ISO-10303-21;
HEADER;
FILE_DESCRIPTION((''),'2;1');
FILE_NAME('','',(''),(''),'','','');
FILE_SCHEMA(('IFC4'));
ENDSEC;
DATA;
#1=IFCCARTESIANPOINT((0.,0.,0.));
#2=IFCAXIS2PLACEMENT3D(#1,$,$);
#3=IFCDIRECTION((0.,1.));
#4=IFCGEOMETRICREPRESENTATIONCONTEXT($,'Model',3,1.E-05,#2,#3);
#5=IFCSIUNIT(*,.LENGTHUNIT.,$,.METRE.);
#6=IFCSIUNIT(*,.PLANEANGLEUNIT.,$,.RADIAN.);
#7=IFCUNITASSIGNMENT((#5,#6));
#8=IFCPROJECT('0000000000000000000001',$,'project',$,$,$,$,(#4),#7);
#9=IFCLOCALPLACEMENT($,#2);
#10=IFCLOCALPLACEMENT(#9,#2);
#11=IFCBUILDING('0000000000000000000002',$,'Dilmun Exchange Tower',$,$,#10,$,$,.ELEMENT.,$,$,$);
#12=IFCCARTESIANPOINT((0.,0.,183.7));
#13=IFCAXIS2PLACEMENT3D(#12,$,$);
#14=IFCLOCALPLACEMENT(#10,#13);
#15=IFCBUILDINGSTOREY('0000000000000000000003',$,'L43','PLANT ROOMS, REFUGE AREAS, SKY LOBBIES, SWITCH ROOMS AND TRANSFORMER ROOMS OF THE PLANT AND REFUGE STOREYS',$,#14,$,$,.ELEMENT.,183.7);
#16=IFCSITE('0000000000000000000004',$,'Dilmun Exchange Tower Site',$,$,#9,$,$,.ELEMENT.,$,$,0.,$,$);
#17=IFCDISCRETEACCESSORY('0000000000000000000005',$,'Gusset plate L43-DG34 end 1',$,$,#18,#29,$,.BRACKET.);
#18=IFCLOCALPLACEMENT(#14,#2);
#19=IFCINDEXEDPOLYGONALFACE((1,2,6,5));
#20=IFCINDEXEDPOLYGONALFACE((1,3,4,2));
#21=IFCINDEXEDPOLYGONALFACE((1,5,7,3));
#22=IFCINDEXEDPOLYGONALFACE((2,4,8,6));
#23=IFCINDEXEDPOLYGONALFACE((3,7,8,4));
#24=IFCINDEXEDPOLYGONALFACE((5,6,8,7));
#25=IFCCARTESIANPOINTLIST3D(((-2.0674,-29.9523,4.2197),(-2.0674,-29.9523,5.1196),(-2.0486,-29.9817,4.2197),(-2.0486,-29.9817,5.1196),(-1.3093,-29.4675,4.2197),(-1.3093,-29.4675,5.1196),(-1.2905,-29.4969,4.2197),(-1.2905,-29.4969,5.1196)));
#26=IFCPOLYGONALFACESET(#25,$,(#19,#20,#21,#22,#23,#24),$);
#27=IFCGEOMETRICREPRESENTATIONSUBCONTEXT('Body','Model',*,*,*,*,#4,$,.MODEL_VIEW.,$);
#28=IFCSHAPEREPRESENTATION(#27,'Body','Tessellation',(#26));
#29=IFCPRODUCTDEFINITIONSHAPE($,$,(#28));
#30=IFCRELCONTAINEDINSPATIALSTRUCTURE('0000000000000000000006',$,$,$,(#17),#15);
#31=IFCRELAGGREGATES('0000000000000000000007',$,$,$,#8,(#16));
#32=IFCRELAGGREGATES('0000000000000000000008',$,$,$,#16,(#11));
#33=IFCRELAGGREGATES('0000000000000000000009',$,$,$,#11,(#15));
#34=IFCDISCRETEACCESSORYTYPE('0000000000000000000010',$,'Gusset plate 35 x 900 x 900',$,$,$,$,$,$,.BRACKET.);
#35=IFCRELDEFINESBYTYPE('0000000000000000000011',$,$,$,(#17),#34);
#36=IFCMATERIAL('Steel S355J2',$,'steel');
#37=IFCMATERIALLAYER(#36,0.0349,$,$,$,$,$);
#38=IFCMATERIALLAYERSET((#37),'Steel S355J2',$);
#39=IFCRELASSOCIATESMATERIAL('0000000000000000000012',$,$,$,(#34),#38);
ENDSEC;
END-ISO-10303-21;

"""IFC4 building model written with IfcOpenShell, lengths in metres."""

from ifc_helpers import new_model, si_unit, direction, frame, origin, origin_2d, place, context, subcontext, project, spatial, rectangle, extrude, material, layer, layer_set, type_object, element, save


model = new_model("IFC4")

# Units and contexts
model_context = context("Model", 3, precision=1e-05, world=origin(), true_north=direction((0.0, 1.0)))
body_context = subcontext(model_context, "Body", "Model", "MODEL_VIEW")
ifc_project = project(units=[si_unit("LENGTHUNIT", "METRE"), si_unit("PLANEANGLEUNIT", "RADIAN")], contexts=[model_context])

# Site, building, storey
site_placement = place(None, origin())
site = spatial("IfcSite", under=ifc_project, at=site_placement, Name="Dilmun Exchange Tower Site", CompositionType="ELEMENT", RefElevation=0.0)
building_placement = place(site_placement, origin())
building = spatial("IfcBuilding", under=site, at=building_placement, Name="Dilmun Exchange Tower", CompositionType="ELEMENT")
storey_placement = place(building_placement, frame((0.0, 0.0, 183.7)))
storey = spatial("IfcBuildingStorey", under=building, at=storey_placement, Name="L43", Description="PLANT ROOMS, REFUGE AREAS, SKY LOBBIES, SWITCH ROOMS AND TRANSFORMER ROOMS OF THE PLANT AND REFUGE STOREYS", CompositionType="ELEMENT", Elevation=183.7)

# Discrete accessory
ifc_material_1 = material(Name="Steel S355J2", Category="steel")
ifc_layer_1 = layer(ifc_material_1, 0.0349)
ifc_layer_set_1 = layer_set([ifc_layer_1], Name="Steel S355J2")
discrete_accessory_type = type_object("IfcDiscreteAccessoryType", Name="Gusset plate 35 x 900 x 900", PredefinedType="BRACKET", material=ifc_layer_set_1)
for number, where, z_axis, x_axis, name in (
    (1, (-1.679, -29.7246, 4.2197), (0.0, 0.0, 1.0), (0.842465, 0.538752, 0.0), "Gusset plate L43-DG34 end 1"),
):
    element("IfcDiscreteAccessory", number, at=place(storey_placement, frame(where, z_axis=z_axis, x_axis=x_axis)), inside=storey, type_object=discrete_accessory_type, Name=name, PredefinedType="BRACKET", context=body_context, shape_type="SweptSolid", body=[
        extrude(rectangle(XDim=0.8999, YDim=0.0349, at=origin_2d()), origin(), (0.0, 0.0, 1.0), 0.8999),
    ])

save(model, "model.ifc")
